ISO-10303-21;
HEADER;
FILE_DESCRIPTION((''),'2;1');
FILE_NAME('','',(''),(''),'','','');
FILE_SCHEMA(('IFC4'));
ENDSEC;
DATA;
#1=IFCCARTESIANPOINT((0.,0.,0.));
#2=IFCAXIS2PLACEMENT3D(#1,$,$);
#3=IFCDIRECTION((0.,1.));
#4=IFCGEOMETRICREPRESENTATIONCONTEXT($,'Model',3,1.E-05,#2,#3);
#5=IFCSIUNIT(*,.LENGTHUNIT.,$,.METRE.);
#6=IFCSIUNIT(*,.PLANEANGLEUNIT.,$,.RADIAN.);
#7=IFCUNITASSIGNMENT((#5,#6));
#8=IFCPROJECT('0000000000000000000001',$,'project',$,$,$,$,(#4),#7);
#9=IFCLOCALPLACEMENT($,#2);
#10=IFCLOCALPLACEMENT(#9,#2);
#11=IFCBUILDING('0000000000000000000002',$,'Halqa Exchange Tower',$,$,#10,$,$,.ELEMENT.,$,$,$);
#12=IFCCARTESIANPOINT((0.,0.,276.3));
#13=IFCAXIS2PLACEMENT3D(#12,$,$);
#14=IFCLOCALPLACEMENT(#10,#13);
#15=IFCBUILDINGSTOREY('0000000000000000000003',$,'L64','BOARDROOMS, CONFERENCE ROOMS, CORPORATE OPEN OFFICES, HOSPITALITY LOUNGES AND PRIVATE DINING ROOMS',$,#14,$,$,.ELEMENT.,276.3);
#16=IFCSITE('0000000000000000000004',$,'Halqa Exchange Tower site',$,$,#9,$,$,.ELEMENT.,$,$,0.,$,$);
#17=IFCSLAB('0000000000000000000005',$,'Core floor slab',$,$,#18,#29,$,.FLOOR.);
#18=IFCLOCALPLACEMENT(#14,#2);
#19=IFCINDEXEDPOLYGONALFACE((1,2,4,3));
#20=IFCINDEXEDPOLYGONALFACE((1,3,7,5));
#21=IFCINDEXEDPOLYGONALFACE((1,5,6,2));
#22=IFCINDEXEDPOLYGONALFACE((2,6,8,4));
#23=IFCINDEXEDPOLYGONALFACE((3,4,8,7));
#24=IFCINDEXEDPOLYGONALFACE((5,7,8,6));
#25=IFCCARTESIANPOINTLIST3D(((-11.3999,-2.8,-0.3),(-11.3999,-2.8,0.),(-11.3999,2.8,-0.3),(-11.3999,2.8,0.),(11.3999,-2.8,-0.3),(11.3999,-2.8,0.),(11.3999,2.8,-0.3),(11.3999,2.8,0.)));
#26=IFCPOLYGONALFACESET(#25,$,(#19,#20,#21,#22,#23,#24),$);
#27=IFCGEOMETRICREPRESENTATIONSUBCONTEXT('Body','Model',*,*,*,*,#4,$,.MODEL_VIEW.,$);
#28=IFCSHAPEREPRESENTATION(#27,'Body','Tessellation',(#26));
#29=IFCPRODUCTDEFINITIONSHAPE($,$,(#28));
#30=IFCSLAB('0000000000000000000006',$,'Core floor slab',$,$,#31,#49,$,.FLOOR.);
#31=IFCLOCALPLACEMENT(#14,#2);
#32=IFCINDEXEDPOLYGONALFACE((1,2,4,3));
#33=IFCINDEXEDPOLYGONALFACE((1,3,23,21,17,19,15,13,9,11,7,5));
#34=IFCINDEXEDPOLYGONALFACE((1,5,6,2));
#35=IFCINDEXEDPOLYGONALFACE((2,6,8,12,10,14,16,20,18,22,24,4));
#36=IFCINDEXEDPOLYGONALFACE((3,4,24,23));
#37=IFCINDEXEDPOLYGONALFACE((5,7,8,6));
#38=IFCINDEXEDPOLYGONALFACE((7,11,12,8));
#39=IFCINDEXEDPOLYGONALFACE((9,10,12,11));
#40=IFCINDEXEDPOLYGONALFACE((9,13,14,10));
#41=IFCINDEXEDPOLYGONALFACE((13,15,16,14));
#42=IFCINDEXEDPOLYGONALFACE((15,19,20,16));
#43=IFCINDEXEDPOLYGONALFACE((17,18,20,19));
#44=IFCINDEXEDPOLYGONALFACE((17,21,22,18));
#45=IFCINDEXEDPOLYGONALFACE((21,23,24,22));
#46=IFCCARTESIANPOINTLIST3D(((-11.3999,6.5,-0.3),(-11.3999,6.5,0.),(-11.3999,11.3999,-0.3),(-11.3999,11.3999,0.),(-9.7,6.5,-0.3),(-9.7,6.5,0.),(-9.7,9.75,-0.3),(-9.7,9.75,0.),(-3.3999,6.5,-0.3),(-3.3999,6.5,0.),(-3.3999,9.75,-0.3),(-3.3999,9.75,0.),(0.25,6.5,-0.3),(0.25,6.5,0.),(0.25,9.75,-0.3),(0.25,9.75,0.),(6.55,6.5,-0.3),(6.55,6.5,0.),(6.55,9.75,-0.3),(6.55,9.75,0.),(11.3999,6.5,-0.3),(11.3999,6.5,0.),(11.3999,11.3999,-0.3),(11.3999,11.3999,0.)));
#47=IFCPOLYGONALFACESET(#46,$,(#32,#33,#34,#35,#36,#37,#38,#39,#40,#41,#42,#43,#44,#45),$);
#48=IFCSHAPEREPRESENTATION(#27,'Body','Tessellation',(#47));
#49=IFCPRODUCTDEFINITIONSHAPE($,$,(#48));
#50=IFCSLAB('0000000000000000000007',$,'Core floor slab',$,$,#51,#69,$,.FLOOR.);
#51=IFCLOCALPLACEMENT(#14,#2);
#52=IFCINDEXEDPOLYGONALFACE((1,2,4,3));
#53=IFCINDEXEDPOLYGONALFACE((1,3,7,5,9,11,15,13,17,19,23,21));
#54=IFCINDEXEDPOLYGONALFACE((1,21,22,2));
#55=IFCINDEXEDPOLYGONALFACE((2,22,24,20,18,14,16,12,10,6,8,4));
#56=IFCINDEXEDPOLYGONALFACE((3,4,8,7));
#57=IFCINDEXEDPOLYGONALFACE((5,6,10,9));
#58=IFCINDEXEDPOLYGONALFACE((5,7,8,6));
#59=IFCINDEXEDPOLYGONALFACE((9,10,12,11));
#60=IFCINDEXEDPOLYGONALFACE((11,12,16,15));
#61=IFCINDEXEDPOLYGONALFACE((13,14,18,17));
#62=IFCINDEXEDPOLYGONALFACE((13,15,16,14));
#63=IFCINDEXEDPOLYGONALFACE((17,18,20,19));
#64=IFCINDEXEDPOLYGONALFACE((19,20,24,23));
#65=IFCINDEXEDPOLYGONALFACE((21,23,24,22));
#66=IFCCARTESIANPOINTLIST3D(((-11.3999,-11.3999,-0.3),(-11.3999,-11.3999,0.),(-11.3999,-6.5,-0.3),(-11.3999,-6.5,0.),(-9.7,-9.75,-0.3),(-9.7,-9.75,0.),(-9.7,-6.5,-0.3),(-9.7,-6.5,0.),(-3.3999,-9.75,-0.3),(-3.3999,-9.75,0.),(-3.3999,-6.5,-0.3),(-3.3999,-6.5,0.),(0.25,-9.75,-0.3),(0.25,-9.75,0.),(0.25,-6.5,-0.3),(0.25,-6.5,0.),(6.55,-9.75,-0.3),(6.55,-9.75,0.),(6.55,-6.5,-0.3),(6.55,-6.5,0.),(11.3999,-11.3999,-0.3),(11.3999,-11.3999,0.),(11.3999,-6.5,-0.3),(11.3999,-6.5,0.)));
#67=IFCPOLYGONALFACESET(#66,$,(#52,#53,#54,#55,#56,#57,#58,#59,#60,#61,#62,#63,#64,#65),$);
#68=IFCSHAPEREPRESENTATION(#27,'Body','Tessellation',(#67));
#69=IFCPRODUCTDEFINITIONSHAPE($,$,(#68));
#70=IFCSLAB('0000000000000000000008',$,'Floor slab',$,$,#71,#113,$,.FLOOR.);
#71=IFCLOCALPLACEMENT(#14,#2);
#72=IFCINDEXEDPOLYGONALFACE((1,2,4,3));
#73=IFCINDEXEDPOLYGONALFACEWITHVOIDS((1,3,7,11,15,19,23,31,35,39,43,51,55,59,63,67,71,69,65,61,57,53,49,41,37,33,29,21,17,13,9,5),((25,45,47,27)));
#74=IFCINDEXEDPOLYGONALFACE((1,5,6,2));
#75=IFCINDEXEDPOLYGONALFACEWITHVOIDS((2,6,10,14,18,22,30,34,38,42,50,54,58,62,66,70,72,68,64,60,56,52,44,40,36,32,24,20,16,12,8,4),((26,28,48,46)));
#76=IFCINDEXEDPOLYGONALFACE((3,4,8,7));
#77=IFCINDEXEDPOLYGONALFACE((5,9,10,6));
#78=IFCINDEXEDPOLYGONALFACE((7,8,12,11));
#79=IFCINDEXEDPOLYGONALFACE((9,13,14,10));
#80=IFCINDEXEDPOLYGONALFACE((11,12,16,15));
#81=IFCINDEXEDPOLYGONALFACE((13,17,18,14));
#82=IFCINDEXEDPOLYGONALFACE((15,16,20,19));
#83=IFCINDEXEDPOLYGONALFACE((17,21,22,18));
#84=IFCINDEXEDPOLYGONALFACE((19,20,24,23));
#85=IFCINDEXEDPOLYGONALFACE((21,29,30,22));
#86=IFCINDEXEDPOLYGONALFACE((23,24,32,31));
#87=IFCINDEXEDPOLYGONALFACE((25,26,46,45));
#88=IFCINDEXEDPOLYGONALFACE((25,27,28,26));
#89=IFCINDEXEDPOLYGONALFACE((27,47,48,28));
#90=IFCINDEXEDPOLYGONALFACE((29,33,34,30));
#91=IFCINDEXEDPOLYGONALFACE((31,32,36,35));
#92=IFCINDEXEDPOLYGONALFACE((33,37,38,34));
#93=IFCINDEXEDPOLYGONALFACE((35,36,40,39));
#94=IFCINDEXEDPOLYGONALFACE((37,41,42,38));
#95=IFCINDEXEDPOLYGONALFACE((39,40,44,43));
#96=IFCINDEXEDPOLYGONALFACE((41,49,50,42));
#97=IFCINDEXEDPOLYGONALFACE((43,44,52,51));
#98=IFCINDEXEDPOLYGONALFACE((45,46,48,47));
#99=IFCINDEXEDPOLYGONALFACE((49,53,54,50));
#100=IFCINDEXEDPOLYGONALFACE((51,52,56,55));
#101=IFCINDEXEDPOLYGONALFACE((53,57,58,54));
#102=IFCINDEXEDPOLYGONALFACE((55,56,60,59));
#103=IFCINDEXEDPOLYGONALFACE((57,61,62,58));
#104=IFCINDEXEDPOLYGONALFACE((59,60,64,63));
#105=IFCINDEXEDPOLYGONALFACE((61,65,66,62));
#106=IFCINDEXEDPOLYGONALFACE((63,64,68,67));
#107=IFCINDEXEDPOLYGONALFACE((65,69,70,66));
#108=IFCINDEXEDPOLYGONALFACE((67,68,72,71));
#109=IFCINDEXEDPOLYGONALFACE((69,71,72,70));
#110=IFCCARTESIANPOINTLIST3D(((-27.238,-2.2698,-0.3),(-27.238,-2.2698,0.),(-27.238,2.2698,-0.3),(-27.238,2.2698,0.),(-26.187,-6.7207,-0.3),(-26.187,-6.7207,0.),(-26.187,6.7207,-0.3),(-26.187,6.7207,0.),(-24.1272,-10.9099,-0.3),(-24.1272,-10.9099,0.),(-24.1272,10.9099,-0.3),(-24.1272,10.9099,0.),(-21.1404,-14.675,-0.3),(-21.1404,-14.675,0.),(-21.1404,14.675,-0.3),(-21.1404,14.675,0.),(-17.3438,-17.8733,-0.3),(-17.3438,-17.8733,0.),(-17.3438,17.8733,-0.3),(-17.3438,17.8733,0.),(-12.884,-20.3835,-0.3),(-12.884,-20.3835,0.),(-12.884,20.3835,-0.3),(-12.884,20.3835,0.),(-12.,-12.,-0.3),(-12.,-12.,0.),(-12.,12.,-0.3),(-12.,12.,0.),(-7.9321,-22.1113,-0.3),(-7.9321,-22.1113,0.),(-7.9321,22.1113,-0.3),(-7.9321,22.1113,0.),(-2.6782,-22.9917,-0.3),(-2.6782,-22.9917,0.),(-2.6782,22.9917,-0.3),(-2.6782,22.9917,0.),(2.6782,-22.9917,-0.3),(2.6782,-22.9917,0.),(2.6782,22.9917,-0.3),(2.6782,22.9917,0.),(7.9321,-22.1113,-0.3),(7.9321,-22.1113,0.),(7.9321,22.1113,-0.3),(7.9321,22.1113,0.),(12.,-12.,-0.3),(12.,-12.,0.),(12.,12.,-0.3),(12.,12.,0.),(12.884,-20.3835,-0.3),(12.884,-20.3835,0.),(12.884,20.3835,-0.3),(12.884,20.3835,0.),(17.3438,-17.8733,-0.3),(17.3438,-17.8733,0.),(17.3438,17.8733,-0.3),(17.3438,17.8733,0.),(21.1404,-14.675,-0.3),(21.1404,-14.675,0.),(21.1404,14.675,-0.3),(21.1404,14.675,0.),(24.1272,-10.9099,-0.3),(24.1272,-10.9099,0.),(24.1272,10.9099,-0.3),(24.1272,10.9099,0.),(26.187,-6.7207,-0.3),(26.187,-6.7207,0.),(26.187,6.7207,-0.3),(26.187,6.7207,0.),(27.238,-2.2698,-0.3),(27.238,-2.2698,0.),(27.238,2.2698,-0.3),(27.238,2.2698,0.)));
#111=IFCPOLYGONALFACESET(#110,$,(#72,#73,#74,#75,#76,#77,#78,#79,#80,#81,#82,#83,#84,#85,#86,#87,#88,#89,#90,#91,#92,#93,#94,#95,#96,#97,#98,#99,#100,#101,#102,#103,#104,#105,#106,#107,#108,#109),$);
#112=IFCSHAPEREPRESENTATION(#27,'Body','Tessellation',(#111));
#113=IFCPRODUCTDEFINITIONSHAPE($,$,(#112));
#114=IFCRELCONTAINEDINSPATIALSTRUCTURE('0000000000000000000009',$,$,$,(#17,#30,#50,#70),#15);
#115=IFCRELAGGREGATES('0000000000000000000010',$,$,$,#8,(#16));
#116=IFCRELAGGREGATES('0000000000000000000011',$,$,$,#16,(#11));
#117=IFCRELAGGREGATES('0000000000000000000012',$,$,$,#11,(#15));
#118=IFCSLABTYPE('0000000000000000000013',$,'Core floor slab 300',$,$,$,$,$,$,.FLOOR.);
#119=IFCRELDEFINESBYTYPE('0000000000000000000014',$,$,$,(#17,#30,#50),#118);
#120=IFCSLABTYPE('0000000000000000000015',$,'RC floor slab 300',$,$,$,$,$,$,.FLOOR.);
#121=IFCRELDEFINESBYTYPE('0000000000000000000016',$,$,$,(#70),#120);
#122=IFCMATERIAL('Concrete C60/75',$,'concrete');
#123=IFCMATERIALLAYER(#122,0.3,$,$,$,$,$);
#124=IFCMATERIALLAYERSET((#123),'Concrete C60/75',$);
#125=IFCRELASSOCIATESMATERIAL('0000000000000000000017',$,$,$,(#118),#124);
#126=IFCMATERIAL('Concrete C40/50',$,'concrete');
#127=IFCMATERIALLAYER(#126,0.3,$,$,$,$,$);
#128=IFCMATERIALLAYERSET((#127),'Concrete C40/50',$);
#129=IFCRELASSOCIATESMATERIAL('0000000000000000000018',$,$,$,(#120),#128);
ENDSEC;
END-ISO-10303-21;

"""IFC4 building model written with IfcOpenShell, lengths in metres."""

from ifc_helpers import new_model, si_unit, direction, frame, origin, place, context, subcontext, project, spatial, polyline, outline, extrude, material, layer, layer_set, type_object, element, save


model = new_model("IFC4")

# Units and contexts
model_context = context("Model", 3, precision=1e-05, world=origin(), true_north=direction((0.0, 1.0)))
body_context = subcontext(model_context, "Body", "Model", "MODEL_VIEW")
ifc_project = project(units=[si_unit("LENGTHUNIT", "METRE"), si_unit("PLANEANGLEUNIT", "RADIAN")], contexts=[model_context])

# Site, building, storey
site_placement = place(None, origin())
site = spatial("IfcSite", under=ifc_project, at=site_placement, Name="Halqa Exchange Tower site", CompositionType="ELEMENT", RefElevation=0.0)
building_placement = place(site_placement, origin())
building = spatial("IfcBuilding", under=site, at=building_placement, Name="Halqa Exchange Tower", CompositionType="ELEMENT")
storey_placement = place(building_placement, frame((0.0, 0.0, 276.3)))
storey = spatial("IfcBuildingStorey", under=building, at=storey_placement, Name="L64", Description="BOARDROOMS, CONFERENCE ROOMS, CORPORATE OPEN OFFICES, HOSPITALITY LOUNGES AND PRIVATE DINING ROOMS", CompositionType="ELEMENT", Elevation=276.3)

# Slabs
ifc_material_1 = material(Name="Concrete C60/75", Category="concrete")
ifc_layer_1 = layer(ifc_material_1, 0.3)
ifc_layer_set_1 = layer_set([ifc_layer_1], Name="Concrete C60/75")
slab_type_1 = type_object("IfcSlabType", Name="Core floor slab 300", PredefinedType="FLOOR", material=ifc_layer_set_1)
slab_1_placement = place(storey_placement, frame((0.0, 0.0, -0.3)))
element("IfcSlab", 1, at=slab_1_placement, inside=storey, type_object=slab_type_1, Name="Core floor slab", PredefinedType="FLOOR", context=body_context, shape_type="SweptSolid", body=[
    extrude(outline(polyline([(-11.3999, 2.8), (11.3999, 2.8), (11.3999, -2.8), (-11.3999, -2.8), (-11.3999, 2.8)])), origin(), (0.0, 0.0, 1.0), 0.3),
])
slab_2_placement = place(storey_placement, frame((0.0, 0.0, -0.3)))
element("IfcSlab", 2, at=slab_2_placement, inside=storey, type_object=slab_type_1, Name="Core floor slab", PredefinedType="FLOOR", context=body_context, shape_type="SweptSolid", body=[
    extrude(outline(polyline([(-11.3999, 11.3999), (11.3999, 11.3999), (11.3999, 6.5), (6.55, 6.5), (6.55, 9.75), (0.25, 9.75), (0.25, 6.5), (-3.3999, 6.5), (-3.3999, 9.75), (-9.7, 9.75), (-9.7, 6.5), (-11.3999, 6.5), (-11.3999, 11.3999)])), origin(), (0.0, 0.0, 1.0), 0.3),
])
slab_3_placement = place(storey_placement, frame((0.0, 0.0, -0.3)))
element("IfcSlab", 3, at=slab_3_placement, inside=storey, type_object=slab_type_1, Name="Core floor slab", PredefinedType="FLOOR", context=body_context, shape_type="SweptSolid", body=[
    extrude(outline(polyline([(-11.3999, -6.5), (-9.7, -6.5), (-9.7, -9.75), (-3.3999, -9.75), (-3.3999, -6.5), (0.25, -6.5), (0.25, -9.75), (6.55, -9.75), (6.55, -6.5), (11.3999, -6.5), (11.3999, -11.3999), (-11.3999, -11.3999), (-11.3999, -6.5)])), origin(), (0.0, 0.0, 1.0), 0.3),
])
ifc_material_2 = material(Name="Concrete C40/50", Category="concrete")
ifc_layer_2 = layer(ifc_material_2, 0.3)
ifc_layer_set_2 = layer_set([ifc_layer_2], Name="Concrete C40/50")
slab_type_2 = type_object("IfcSlabType", Name="RC floor slab 300", PredefinedType="FLOOR", material=ifc_layer_set_2)
slab_4_placement = place(storey_placement, frame((0.0, 0.0, -0.3)))
element("IfcSlab", 4, at=slab_4_placement, inside=storey, type_object=slab_type_2, Name="Floor slab", PredefinedType="FLOOR", context=body_context, shape_type="SweptSolid", body=[
    extrude(outline(polyline([(27.238, 2.2698), (26.187, 6.7207), (24.1272, 10.9099), (21.1404, 14.675), (17.3438, 17.8733), (12.884, 20.3835), (7.9321, 22.1113), (2.6782, 22.9917), (-2.6782, 22.9917), (-7.9321, 22.1113), (-12.884, 20.3835), (-17.3438, 17.8733), (-21.1404, 14.675), (-24.1272, 10.9099), (-26.187, 6.7207), (-27.238, 2.2698), (-27.238, -2.2698), (-26.187, -6.7207), (-24.1272, -10.9099), (-21.1404, -14.675), (-17.3438, -17.8733), (-12.884, -20.3835), (-7.9321, -22.1113), (-2.6782, -22.9917), (2.6782, -22.9917), (7.9321, -22.1113), (12.884, -20.3835), (17.3438, -17.8733), (21.1404, -14.675), (24.1272, -10.9099), (26.187, -6.7207), (27.238, -2.2698), (27.238, 2.2698)]), holes=[polyline([(-12.0, -12.0), (12.0, -12.0), (12.0, 12.0), (-12.0, 12.0), (-12.0, -12.0)])]), origin(), (0.0, 0.0, 1.0), 0.3),
])

save(model, "model.ifc")
